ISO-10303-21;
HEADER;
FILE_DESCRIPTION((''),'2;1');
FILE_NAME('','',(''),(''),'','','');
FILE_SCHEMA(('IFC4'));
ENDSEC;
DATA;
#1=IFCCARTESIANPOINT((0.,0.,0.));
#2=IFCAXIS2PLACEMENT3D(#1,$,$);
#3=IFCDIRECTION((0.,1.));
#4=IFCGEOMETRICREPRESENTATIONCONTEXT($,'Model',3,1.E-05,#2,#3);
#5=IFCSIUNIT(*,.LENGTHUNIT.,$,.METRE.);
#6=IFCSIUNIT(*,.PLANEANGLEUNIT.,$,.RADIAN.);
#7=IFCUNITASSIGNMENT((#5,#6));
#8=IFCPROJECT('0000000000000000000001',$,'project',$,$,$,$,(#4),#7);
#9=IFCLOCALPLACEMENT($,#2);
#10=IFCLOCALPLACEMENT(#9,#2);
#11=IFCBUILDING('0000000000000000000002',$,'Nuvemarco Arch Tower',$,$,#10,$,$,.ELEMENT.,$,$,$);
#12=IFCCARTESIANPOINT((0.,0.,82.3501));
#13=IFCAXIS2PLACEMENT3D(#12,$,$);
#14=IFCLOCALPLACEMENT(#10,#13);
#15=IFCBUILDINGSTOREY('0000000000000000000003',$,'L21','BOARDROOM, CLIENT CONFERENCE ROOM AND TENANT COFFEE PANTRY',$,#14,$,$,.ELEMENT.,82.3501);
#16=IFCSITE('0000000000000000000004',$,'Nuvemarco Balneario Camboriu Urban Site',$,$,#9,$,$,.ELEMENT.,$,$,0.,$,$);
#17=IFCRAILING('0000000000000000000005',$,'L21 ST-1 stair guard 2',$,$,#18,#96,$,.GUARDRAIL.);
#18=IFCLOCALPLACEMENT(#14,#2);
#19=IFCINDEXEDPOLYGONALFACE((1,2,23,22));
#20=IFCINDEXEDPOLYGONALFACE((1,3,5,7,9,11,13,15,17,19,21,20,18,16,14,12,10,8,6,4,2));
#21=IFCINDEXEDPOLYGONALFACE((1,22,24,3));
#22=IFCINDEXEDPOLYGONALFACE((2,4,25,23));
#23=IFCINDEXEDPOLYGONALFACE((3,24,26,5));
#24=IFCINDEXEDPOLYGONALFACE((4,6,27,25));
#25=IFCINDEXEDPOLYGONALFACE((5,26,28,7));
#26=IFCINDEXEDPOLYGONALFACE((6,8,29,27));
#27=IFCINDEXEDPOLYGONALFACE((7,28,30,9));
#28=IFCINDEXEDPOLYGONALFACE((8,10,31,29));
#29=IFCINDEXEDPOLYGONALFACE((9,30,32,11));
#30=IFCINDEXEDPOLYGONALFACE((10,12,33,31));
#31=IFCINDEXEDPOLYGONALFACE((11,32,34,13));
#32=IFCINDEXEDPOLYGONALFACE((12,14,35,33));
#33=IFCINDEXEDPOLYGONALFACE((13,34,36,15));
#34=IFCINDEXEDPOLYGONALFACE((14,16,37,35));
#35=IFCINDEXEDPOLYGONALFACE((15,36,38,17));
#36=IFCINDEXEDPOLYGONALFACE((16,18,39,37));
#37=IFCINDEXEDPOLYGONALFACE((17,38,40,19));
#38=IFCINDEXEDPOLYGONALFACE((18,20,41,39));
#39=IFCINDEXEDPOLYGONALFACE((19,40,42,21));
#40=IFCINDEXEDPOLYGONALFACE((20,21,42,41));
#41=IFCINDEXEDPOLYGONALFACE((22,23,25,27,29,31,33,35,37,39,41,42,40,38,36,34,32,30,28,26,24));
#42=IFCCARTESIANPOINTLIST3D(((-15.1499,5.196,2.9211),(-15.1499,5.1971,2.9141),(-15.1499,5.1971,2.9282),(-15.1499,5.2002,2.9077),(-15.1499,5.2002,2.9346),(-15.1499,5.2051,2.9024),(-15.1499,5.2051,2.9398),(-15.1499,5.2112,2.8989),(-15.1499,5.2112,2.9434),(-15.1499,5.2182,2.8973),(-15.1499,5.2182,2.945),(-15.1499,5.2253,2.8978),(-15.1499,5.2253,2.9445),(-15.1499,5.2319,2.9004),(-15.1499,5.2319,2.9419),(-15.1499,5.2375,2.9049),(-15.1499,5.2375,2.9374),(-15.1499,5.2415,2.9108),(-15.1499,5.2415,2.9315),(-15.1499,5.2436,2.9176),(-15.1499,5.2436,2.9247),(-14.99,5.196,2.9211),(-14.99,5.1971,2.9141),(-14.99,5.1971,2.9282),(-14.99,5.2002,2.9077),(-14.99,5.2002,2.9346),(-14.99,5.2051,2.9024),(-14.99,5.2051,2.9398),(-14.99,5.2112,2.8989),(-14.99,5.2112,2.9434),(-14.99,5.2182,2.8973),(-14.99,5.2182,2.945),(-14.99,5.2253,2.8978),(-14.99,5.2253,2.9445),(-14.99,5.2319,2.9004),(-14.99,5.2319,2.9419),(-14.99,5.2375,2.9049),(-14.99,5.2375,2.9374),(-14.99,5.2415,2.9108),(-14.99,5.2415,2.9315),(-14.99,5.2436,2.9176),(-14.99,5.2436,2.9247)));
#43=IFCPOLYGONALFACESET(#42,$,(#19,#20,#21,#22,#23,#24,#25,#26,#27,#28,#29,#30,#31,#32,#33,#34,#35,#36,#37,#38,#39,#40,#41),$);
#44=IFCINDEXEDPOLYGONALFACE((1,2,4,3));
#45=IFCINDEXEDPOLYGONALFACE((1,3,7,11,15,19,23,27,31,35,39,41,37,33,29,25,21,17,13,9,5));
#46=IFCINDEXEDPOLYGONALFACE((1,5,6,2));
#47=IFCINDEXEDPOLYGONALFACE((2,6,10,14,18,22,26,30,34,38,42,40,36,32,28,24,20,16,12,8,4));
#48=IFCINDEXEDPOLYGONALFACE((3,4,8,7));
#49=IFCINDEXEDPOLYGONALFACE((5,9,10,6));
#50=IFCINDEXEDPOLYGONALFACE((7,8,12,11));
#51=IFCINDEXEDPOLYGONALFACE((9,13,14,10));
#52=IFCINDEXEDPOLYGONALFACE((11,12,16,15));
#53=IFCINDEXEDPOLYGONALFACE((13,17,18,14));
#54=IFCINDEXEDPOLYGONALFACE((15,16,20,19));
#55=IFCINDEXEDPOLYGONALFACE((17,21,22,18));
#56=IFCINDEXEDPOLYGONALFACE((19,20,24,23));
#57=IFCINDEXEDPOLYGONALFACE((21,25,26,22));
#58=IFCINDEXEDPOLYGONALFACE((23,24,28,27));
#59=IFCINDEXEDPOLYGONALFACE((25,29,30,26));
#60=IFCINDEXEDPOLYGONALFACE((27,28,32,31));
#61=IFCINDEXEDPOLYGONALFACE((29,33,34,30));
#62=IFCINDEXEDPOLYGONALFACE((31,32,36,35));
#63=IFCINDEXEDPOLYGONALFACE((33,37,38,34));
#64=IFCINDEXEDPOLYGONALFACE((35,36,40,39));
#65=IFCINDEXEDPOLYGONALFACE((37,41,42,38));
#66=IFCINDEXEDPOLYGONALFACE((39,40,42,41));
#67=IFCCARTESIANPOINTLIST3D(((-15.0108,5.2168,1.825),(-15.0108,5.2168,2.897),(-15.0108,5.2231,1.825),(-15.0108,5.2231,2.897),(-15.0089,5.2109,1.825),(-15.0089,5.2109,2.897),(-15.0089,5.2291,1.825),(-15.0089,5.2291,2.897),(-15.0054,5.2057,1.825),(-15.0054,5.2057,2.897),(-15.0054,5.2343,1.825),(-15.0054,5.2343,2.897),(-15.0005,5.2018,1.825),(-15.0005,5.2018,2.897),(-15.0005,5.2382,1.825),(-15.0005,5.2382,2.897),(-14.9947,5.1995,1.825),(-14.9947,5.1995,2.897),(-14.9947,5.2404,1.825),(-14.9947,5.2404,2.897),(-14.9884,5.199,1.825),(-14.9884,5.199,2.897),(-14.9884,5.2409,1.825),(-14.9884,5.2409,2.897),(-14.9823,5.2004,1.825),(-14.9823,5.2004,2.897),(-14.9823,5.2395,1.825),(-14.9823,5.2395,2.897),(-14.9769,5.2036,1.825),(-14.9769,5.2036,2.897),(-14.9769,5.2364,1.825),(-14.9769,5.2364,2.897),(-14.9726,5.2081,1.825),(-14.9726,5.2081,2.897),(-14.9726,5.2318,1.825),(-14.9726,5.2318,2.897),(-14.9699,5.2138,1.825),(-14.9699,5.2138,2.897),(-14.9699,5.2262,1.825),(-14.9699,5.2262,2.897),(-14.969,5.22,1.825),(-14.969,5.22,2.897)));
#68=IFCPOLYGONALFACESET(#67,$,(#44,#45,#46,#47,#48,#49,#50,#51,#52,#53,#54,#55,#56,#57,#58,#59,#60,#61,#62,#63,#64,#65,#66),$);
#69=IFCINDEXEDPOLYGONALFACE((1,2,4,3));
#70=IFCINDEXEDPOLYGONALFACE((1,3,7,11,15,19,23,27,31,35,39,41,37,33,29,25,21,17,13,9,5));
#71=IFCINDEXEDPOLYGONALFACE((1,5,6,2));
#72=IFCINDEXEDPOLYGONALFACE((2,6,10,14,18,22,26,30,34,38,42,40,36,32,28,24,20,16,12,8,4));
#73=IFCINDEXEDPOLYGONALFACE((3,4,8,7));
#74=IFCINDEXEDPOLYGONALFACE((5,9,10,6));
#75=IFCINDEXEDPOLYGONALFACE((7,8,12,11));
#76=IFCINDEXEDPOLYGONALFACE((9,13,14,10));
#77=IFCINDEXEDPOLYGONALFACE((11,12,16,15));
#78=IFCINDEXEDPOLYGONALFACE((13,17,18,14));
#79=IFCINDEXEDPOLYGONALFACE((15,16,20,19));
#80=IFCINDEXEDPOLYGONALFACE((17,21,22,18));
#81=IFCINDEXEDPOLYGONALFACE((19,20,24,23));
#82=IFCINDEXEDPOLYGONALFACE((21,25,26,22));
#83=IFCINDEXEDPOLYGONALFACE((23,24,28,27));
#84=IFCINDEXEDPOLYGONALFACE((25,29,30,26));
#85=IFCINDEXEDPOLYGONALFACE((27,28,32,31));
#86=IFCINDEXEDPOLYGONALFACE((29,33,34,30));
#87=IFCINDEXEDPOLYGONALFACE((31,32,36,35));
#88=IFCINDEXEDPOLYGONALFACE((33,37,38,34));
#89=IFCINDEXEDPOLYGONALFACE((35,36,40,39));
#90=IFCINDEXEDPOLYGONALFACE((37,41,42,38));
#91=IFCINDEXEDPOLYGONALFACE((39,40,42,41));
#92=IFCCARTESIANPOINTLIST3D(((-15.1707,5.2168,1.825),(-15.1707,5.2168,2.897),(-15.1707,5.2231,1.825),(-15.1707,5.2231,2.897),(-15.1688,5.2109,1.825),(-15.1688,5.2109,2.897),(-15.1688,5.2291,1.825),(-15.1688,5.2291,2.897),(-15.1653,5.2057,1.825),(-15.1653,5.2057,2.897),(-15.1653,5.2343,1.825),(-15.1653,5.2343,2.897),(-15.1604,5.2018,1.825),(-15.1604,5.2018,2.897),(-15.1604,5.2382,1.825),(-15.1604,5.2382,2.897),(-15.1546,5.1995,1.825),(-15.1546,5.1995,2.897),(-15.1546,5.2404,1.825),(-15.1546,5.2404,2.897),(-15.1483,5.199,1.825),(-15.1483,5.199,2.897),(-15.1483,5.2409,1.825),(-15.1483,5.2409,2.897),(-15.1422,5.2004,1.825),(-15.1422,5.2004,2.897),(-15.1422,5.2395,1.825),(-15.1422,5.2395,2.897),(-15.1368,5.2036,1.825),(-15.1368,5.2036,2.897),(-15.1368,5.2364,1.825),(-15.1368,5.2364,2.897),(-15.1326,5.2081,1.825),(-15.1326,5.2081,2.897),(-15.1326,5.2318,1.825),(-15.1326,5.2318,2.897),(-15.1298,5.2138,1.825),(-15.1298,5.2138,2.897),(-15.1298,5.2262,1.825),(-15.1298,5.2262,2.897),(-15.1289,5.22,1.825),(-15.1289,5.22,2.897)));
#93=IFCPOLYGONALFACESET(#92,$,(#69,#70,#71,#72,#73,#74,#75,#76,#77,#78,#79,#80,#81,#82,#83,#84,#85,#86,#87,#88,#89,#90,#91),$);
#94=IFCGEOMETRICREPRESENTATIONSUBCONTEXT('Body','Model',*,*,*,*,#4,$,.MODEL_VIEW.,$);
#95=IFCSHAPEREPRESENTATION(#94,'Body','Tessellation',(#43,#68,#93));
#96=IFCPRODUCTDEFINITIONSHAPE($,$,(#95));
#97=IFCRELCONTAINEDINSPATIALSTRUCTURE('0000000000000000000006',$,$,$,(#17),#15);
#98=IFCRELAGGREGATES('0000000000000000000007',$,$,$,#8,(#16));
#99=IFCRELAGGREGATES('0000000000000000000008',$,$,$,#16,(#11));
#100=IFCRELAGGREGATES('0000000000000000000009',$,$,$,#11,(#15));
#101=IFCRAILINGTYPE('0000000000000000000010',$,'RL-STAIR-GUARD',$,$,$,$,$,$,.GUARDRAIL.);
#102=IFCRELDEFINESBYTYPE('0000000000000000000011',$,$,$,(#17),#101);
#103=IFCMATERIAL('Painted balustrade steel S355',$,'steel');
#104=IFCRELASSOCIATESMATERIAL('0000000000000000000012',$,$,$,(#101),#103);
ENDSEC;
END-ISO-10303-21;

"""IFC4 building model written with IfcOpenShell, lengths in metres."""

from ifc_helpers import new_model, si_unit, direction, frame, origin, origin_2d, place, context, subcontext, project, spatial, circle, extrude, material, type_object, element, save


model = new_model("IFC4")

# Units and contexts
model_context = context("Model", 3, precision=1e-05, world=origin(), true_north=direction((0.0, 1.0)))
body_context = subcontext(model_context, "Body", "Model", "MODEL_VIEW")
ifc_project = project(units=[si_unit("LENGTHUNIT", "METRE"), si_unit("PLANEANGLEUNIT", "RADIAN")], contexts=[model_context])

# Site, building, storey
site_placement = place(None, origin())
site = spatial("IfcSite", under=ifc_project, at=site_placement, Name="Nuvemarco Balneario Camboriu Urban Site", CompositionType="ELEMENT", RefElevation=0.0)
building_placement = place(site_placement, origin())
building = spatial("IfcBuilding", under=site, at=building_placement, Name="Nuvemarco Arch Tower", CompositionType="ELEMENT")
storey_placement = place(building_placement, frame((0.0, 0.0, 82.3501)))
storey = spatial("IfcBuildingStorey", under=building, at=storey_placement, Name="L21", Description="BOARDROOM, CLIENT CONFERENCE ROOM AND TENANT COFFEE PANTRY", CompositionType="ELEMENT", Elevation=82.3501)

# Railing
ifc_material_1 = material(Name="Painted balustrade steel S355", Category="steel")
railing_type_1 = type_object("IfcRailingType", Name="RL-STAIR-GUARD", PredefinedType="GUARDRAIL", material=ifc_material_1)
railing_1_placement = place(storey_placement, frame((-14.99, 5.22, 1.825)))
element("IfcRailing", 1, at=railing_1_placement, inside=storey, type_object=railing_type_1, Name="L21 ST-1 stair guard 2", PredefinedType="GUARDRAIL", context=body_context, shape_type="SweptSolid", body=[
    extrude(circle(Radius=0.0239, at=origin_2d()), frame((0.0, 0.0, 1.0962), z_axis=(-1.0, 0.0, 0.0), x_axis=(0.0, -1.0, 0.0)), (0.0, 0.0, 1.0), 0.1599),
    extrude(circle(Radius=0.021, at=origin_2d()), origin(), (0.0, 0.0, 1.0), 1.072),
    extrude(circle(Radius=0.021, at=origin_2d()), frame((-0.1599, 0.0, 0.0)), (0.0, 0.0, 1.0), 1.072),
])

save(model, "model.ifc")
